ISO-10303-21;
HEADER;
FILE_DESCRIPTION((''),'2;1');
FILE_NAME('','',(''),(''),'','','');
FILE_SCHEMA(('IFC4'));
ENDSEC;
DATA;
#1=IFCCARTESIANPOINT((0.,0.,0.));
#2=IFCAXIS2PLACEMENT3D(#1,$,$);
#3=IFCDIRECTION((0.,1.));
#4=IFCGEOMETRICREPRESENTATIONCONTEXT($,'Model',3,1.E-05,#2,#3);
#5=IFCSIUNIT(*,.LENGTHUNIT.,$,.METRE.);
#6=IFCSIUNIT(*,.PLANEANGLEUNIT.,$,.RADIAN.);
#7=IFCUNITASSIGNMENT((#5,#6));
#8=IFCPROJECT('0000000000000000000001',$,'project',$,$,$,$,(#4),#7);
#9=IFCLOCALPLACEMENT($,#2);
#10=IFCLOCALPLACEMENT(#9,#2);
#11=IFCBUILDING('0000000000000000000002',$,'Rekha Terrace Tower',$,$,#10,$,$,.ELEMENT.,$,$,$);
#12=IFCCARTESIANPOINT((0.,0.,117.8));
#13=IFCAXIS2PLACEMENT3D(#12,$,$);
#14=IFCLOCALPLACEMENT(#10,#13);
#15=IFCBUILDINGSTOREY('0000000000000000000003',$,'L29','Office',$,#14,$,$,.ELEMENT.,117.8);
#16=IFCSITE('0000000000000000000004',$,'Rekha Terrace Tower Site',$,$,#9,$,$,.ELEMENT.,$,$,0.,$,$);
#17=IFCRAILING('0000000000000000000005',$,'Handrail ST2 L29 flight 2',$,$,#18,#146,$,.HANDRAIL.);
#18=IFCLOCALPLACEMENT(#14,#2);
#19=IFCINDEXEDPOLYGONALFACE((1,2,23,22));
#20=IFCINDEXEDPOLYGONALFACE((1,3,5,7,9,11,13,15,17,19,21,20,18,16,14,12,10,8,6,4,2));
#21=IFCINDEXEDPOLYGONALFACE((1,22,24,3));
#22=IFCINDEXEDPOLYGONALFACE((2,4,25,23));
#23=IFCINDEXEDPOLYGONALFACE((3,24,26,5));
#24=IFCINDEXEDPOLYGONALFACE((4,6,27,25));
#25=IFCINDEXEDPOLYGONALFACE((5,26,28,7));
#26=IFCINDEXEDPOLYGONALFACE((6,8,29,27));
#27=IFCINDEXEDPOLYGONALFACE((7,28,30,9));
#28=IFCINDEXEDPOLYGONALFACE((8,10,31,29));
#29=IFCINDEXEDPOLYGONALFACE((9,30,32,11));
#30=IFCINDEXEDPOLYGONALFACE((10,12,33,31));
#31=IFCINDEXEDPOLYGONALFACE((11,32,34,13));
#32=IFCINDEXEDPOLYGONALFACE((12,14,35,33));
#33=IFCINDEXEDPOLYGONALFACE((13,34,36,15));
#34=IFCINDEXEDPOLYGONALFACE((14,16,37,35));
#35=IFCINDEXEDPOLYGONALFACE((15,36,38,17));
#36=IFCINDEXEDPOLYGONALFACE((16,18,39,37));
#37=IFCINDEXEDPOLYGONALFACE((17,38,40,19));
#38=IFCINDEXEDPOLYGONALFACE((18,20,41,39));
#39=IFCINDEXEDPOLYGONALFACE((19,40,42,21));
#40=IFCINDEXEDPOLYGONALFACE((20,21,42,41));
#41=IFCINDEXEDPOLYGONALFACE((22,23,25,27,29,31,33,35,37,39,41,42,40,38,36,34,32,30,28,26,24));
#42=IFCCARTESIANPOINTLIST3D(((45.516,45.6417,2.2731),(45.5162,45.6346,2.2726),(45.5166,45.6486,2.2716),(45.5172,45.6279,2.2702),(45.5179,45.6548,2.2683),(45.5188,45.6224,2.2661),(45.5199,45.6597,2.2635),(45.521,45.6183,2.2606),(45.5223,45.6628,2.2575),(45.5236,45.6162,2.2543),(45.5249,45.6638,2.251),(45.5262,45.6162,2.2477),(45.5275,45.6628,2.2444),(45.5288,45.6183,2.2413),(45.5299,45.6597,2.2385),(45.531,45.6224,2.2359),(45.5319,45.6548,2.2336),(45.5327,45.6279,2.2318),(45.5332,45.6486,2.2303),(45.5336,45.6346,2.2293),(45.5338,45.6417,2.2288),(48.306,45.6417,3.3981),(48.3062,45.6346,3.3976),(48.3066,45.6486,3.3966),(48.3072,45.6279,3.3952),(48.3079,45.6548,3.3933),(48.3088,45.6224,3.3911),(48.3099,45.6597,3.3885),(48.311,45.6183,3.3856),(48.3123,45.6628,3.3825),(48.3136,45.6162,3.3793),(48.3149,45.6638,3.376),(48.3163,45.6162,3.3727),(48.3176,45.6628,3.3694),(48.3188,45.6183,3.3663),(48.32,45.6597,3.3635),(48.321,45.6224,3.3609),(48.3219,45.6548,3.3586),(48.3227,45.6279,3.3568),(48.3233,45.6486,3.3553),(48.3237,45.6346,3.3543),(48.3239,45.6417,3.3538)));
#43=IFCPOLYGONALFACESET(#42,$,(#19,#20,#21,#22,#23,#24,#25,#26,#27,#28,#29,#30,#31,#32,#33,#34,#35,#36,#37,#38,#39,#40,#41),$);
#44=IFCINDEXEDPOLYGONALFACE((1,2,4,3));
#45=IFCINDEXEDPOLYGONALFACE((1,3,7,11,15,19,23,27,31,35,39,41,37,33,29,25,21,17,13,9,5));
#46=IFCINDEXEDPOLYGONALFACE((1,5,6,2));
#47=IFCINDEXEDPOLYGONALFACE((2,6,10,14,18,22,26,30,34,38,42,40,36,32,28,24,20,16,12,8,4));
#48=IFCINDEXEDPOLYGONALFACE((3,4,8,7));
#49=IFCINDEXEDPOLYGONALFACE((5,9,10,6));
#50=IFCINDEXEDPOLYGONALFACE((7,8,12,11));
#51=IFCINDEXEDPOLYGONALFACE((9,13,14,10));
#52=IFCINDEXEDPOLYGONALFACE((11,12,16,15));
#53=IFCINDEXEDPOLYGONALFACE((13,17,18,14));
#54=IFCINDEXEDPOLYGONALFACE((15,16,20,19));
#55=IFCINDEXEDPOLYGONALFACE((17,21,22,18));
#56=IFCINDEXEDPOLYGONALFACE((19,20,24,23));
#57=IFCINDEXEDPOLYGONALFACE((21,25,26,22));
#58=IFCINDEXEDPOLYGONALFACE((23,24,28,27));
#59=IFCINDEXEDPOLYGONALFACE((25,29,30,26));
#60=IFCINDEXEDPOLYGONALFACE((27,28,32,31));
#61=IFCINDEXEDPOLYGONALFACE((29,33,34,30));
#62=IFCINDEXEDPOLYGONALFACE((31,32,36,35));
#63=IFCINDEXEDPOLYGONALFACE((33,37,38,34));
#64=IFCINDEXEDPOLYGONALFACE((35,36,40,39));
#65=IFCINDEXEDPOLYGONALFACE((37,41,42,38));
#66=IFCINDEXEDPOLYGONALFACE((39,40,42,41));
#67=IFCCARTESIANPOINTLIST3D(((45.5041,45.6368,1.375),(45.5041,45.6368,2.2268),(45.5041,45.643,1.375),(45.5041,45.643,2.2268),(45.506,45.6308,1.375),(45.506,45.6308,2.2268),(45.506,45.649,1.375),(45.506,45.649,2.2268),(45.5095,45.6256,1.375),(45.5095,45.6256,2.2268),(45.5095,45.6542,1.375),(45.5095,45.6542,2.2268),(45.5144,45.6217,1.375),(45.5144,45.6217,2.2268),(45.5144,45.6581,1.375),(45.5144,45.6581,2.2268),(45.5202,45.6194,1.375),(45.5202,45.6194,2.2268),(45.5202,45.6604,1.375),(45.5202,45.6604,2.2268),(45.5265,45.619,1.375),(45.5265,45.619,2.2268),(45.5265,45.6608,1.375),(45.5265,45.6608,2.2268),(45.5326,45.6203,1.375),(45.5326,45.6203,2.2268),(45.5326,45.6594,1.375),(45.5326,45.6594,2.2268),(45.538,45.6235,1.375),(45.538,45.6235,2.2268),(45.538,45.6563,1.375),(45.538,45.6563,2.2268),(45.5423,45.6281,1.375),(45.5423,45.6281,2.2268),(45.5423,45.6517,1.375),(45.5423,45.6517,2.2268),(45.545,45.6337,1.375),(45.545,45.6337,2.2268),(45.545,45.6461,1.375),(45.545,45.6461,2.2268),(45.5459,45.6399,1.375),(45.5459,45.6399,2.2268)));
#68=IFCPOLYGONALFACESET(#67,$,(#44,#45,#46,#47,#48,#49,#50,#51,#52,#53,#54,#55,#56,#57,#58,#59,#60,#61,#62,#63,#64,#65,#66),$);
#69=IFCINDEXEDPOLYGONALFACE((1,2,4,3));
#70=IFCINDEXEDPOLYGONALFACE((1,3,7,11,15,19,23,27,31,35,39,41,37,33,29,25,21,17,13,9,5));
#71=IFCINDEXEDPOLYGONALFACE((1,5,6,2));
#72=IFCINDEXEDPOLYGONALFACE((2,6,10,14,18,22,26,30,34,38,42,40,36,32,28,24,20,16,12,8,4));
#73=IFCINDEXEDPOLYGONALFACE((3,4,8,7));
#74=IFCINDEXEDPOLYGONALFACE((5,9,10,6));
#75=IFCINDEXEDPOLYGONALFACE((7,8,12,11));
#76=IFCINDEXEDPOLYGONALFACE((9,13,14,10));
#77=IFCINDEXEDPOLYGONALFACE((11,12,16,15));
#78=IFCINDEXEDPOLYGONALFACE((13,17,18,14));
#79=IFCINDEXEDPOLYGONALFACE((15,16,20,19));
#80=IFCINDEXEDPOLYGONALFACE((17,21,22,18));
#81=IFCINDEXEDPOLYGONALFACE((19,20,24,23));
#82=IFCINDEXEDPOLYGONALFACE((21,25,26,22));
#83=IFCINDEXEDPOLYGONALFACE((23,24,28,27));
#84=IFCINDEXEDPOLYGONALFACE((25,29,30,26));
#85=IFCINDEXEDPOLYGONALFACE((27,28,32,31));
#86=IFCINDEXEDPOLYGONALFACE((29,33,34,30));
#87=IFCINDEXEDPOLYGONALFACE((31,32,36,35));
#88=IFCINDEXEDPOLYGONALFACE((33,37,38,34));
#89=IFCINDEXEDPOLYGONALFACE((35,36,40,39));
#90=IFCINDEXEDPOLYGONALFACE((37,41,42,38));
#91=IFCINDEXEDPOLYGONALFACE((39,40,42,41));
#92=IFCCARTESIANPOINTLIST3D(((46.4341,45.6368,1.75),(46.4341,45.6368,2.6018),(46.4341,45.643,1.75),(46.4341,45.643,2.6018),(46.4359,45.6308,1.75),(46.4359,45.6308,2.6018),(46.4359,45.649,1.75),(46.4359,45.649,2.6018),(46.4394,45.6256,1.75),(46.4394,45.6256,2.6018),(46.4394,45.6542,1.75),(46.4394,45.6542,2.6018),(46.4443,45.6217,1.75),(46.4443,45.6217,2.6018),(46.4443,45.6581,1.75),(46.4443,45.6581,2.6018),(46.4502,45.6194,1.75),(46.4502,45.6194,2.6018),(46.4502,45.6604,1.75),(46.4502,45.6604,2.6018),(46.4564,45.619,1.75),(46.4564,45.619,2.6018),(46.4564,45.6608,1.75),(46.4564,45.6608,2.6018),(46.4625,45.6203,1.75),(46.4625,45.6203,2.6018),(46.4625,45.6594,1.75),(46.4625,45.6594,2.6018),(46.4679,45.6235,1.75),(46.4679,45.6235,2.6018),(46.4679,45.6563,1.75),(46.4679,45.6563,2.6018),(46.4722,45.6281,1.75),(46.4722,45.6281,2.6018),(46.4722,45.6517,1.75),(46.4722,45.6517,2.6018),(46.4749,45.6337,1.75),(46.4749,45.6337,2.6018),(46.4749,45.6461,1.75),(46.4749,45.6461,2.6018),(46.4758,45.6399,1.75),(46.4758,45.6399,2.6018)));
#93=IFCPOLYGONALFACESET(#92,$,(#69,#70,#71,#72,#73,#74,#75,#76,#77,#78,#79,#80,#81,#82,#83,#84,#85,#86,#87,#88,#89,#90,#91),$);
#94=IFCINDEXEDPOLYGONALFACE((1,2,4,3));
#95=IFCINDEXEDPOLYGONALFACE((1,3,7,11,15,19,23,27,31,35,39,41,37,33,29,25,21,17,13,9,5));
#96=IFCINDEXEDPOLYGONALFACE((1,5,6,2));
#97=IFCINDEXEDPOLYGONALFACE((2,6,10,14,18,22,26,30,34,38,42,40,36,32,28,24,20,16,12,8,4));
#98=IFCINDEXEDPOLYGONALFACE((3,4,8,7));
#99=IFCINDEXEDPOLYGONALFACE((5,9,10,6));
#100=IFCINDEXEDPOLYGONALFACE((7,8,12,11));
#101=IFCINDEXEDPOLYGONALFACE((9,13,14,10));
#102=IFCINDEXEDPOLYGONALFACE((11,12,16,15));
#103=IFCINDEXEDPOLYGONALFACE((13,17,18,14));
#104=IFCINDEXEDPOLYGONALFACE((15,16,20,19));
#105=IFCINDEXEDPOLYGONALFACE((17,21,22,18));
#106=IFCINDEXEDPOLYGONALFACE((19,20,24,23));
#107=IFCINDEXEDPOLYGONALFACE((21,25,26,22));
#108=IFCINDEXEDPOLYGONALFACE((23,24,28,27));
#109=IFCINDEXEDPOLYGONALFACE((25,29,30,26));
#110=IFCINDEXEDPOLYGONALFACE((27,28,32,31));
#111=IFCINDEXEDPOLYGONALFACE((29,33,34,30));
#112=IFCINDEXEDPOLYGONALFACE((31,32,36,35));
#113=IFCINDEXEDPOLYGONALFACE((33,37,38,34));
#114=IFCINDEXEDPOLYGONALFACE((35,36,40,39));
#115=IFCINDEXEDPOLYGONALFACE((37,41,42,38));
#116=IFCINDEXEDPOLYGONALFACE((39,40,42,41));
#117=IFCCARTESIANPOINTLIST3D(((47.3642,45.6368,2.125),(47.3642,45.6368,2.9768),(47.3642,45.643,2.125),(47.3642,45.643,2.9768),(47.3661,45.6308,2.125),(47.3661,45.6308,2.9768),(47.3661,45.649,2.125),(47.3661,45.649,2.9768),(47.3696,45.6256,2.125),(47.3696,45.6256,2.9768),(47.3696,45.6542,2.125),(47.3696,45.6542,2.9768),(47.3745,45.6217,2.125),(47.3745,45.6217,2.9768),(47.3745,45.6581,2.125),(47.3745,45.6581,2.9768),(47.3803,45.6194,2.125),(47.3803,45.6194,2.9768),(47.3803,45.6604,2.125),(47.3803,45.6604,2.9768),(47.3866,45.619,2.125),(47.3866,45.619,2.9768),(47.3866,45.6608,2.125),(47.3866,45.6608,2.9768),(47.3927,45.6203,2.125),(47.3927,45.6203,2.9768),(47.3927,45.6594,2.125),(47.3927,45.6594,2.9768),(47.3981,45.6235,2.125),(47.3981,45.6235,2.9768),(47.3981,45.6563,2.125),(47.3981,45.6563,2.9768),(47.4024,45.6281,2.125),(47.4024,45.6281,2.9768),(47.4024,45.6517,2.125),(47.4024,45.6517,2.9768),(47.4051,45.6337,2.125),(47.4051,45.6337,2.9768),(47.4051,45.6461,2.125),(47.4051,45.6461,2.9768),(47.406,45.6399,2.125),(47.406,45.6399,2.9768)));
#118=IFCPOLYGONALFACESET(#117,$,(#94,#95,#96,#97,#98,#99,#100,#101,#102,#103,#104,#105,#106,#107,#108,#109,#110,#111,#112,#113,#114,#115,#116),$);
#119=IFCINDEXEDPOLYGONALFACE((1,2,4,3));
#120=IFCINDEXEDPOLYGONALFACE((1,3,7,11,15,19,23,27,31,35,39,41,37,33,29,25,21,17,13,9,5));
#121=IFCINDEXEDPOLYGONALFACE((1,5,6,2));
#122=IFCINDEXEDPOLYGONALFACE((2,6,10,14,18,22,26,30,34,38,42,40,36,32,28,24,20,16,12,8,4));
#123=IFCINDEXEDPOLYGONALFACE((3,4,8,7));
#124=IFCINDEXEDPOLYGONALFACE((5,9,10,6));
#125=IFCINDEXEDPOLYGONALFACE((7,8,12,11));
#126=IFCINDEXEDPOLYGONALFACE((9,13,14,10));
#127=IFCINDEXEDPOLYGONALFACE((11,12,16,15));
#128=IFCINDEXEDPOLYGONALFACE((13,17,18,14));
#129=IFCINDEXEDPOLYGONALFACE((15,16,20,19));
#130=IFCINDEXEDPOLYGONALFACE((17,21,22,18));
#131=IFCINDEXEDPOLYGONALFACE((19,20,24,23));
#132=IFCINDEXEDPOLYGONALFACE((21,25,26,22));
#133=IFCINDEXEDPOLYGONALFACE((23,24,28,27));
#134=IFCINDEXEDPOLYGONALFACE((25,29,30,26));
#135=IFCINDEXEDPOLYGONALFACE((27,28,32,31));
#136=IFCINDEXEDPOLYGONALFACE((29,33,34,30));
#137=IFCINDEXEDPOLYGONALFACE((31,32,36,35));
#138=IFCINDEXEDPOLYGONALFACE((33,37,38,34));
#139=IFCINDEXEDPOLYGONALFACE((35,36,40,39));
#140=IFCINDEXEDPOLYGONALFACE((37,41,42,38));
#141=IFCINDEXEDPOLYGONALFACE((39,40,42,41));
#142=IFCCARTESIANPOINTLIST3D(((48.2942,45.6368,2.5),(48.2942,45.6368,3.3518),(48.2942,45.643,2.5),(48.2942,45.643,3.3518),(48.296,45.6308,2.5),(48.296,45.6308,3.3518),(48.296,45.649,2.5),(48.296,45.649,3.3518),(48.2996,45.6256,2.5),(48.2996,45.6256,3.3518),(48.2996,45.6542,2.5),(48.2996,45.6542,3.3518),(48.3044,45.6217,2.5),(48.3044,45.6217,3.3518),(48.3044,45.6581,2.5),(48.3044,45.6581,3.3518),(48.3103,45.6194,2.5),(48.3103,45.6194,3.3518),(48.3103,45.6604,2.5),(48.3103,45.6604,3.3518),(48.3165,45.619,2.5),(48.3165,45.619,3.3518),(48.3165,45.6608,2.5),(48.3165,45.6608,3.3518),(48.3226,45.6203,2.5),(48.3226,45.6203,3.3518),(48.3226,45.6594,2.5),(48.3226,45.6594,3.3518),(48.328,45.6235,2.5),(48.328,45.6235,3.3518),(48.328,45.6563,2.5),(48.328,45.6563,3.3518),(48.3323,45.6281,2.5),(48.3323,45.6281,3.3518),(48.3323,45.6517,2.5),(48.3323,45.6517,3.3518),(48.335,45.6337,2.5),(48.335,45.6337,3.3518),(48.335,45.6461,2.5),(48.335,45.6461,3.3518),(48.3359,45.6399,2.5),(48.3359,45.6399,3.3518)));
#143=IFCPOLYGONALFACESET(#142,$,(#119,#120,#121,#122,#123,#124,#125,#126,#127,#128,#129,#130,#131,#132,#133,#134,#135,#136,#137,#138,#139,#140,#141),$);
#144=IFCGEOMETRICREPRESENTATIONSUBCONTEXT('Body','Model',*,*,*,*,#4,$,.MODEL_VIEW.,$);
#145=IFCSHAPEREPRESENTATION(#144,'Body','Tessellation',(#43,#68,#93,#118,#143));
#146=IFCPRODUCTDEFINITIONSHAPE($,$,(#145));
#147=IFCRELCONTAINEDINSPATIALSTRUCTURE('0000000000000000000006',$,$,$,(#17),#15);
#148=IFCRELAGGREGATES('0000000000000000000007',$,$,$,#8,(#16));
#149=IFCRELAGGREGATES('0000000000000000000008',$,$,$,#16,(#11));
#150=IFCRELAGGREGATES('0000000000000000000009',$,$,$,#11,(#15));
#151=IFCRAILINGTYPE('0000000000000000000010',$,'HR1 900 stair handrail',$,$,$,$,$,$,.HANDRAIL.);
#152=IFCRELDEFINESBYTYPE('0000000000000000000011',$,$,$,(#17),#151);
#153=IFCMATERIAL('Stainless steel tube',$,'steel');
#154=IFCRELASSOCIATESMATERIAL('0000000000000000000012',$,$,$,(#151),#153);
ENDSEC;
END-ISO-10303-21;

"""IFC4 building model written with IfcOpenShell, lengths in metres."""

from ifc_helpers import new_model, si_unit, direction, frame, origin, origin_2d, place, context, subcontext, project, spatial, circle, extrude, material, type_object, element, save


model = new_model("IFC4")

# Units and contexts
model_context = context("Model", 3, precision=1e-05, world=origin(), true_north=direction((0.0, 1.0)))
body_context = subcontext(model_context, "Body", "Model", "MODEL_VIEW")
ifc_project = project(units=[si_unit("LENGTHUNIT", "METRE"), si_unit("PLANEANGLEUNIT", "RADIAN")], contexts=[model_context])

# Site, building, storey
site_placement = place(None, origin())
site = spatial("IfcSite", under=ifc_project, at=site_placement, Name="Rekha Terrace Tower Site", CompositionType="ELEMENT", RefElevation=0.0)
building_placement = place(site_placement, origin())
building = spatial("IfcBuilding", under=site, at=building_placement, Name="Rekha Terrace Tower", CompositionType="ELEMENT")
storey_placement = place(building_placement, frame((0.0, 0.0, 117.8)))
storey = spatial("IfcBuildingStorey", under=building, at=storey_placement, Name="L29", Description="Office", CompositionType="ELEMENT", Elevation=117.8)

# Railing
ifc_material_1 = material(Name="Stainless steel tube", Category="steel")
railing_type_1 = type_object("IfcRailingType", Name="HR1 900 stair handrail", PredefinedType="HANDRAIL", material=ifc_material_1)
railing_1_placement = place(storey_placement, frame((45.5249, 45.6399, 1.375)))
element("IfcRailing", 1, at=railing_1_placement, inside=storey, type_object=railing_type_1, Name="Handrail ST2 L29 flight 2", PredefinedType="HANDRAIL", context=body_context, shape_type="SweptSolid", body=[
    extrude(circle(Radius=0.0239, at=origin_2d()), frame((0.0, 0.0, 0.876), z_axis=(0.927443, 0.0, 0.373964), x_axis=(0.0, 1.0, 0.0)), (0.0, 0.0, 1.0), 3.0083),
    extrude(circle(Radius=0.021, at=origin_2d()), origin(), (0.0, 0.0, 1.0), 0.8518),
    extrude(circle(Radius=0.021, at=origin_2d()), frame((0.9299, 0.0, 0.375)), (0.0, 0.0, 1.0), 0.8518),
    extrude(circle(Radius=0.021, at=origin_2d()), frame((1.8601, 0.0, 0.75)), (0.0, 0.0, 1.0), 0.8518),
    extrude(circle(Radius=0.021, at=origin_2d()), frame((2.79, 0.0, 1.125)), (0.0, 0.0, 1.0), 0.8518),
])

save(model, "model.ifc")
